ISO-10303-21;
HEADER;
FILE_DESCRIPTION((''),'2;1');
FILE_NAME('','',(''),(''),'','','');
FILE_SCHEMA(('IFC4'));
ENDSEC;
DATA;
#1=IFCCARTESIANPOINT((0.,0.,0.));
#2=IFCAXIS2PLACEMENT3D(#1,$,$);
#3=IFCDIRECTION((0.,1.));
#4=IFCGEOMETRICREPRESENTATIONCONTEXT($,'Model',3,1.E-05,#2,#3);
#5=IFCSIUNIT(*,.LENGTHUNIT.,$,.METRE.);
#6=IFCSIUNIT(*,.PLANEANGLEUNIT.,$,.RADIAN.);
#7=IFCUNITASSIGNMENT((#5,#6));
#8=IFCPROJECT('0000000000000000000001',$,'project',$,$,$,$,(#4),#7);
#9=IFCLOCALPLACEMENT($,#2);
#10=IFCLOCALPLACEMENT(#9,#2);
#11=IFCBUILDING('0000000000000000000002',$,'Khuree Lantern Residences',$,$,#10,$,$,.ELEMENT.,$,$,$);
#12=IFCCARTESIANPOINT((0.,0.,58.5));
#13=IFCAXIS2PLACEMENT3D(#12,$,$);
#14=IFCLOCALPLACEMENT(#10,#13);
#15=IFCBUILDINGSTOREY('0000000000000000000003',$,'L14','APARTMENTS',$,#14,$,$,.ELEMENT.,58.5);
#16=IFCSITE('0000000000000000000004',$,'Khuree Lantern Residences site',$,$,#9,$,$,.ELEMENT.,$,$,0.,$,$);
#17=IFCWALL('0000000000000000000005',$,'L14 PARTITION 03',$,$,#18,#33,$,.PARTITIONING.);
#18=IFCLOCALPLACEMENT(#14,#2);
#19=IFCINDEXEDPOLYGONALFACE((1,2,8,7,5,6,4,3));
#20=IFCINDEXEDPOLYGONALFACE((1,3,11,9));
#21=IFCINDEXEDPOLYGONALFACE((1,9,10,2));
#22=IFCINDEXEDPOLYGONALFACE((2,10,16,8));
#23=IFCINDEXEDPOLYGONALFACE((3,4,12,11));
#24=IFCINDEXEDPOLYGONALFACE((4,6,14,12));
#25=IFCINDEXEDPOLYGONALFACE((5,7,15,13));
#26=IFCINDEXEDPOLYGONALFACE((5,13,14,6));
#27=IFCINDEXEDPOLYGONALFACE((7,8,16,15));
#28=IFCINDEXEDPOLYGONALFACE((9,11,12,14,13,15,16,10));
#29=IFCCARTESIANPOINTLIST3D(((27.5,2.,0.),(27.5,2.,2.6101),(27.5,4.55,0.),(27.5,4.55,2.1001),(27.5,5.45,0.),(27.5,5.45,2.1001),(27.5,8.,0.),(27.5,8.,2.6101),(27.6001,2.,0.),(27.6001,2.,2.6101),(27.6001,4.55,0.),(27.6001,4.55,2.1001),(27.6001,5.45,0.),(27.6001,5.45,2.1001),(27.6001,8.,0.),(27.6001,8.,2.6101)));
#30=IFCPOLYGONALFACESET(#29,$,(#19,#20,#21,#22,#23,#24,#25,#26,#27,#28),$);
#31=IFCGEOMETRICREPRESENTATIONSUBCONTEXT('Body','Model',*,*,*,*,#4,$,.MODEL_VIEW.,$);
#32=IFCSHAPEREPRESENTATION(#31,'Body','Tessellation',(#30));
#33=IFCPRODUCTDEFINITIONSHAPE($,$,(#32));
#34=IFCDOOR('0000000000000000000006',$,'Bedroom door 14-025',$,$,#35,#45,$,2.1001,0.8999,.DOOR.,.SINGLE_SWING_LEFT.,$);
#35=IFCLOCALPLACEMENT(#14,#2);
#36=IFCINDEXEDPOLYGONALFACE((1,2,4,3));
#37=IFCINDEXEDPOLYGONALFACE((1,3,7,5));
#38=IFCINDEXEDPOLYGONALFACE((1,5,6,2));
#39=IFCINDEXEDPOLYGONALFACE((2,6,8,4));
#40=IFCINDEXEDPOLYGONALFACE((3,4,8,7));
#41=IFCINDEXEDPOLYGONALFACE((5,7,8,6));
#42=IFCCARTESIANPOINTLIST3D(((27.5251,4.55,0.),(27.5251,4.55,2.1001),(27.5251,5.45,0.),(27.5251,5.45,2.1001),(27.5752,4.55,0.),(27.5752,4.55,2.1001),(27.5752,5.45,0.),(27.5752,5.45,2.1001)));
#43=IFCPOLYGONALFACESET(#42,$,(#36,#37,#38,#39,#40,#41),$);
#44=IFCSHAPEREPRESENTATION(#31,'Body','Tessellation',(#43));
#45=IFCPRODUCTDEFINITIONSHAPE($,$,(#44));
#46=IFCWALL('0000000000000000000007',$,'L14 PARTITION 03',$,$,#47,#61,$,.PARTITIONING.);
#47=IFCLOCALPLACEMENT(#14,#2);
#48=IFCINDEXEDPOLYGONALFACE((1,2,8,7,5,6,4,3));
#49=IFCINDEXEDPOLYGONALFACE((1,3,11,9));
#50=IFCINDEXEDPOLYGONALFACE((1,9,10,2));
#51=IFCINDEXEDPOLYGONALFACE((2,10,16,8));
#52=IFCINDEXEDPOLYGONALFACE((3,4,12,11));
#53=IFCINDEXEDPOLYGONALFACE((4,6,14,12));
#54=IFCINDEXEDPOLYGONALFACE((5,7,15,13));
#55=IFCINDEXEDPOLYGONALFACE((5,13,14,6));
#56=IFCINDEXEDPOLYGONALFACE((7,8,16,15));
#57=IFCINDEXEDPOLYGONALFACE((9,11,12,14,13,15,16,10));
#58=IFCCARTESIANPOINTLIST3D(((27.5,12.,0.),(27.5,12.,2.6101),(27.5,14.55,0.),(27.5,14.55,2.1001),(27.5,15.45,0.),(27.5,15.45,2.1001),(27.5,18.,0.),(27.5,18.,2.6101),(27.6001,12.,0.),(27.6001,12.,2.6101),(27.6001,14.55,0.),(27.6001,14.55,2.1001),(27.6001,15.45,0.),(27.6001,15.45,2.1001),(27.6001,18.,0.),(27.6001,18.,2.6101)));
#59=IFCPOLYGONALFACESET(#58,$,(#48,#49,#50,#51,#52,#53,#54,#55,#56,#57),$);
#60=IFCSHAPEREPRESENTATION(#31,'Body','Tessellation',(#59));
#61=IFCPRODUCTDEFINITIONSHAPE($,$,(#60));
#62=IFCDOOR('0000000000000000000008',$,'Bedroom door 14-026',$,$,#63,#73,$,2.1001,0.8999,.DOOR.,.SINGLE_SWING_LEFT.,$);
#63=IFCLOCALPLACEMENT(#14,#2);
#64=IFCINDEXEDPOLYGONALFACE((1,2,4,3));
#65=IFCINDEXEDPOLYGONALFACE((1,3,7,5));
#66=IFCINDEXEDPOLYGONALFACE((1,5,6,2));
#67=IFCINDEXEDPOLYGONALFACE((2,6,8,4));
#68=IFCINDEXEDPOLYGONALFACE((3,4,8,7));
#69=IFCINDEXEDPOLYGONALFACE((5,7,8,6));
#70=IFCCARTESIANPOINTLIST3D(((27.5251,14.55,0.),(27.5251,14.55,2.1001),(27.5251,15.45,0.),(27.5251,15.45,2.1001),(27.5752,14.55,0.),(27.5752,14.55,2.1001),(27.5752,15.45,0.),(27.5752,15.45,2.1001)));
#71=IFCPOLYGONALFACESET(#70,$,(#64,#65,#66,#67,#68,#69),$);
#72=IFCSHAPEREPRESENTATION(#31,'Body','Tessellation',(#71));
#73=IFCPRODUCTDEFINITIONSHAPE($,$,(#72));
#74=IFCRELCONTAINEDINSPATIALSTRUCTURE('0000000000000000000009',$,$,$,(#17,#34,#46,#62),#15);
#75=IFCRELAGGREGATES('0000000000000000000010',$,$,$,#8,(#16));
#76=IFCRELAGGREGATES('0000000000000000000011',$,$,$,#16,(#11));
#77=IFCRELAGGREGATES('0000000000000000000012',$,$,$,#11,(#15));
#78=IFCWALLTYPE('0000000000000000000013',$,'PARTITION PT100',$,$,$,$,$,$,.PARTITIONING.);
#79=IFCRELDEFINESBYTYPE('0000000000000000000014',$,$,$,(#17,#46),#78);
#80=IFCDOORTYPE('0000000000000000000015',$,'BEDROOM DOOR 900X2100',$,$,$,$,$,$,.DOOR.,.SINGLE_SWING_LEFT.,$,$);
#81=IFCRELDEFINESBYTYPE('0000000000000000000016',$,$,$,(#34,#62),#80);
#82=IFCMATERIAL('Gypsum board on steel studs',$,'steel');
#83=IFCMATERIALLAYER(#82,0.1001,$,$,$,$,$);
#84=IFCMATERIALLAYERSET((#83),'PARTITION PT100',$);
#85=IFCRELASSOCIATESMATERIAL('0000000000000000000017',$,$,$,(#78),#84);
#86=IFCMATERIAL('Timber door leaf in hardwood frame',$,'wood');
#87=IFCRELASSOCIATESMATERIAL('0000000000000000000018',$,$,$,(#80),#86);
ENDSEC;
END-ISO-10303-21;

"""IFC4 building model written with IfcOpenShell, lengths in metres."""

from ifc_helpers import new_model, si_unit, direction, frame, frame_2d, origin, place, context, subcontext, project, spatial, rectangle, extrude, material, layer, layer_set, type_object, element, fill, save


model = new_model("IFC4")

# Units and contexts
model_context = context("Model", 3, precision=1e-05, world=origin(), true_north=direction((0.0, 1.0)))
body_context = subcontext(model_context, "Body", "Model", "MODEL_VIEW")
ifc_project = project(units=[si_unit("LENGTHUNIT", "METRE"), si_unit("PLANEANGLEUNIT", "RADIAN")], contexts=[model_context])

# Site, building, storey
site_placement = place(None, origin())
site = spatial("IfcSite", under=ifc_project, at=site_placement, Name="Khuree Lantern Residences site", CompositionType="ELEMENT", RefElevation=0.0)
building_placement = place(site_placement, origin())
building = spatial("IfcBuilding", under=site, at=building_placement, Name="Khuree Lantern Residences", CompositionType="ELEMENT")
storey_placement = place(building_placement, frame((0.0, 0.0, 58.5)))
storey = spatial("IfcBuildingStorey", under=building, at=storey_placement, Name="L14", Description="APARTMENTS", CompositionType="ELEMENT", Elevation=58.5)

# Shared definitions
ifc_material_1 = material(Name="Timber door leaf in hardwood frame", Category="wood")

# Shared definitions
ifc_material_2 = material(Name="Gypsum board on steel studs", Category="steel")
ifc_layer_1 = layer(ifc_material_2, 0.1001)
ifc_layer_set_1 = layer_set([ifc_layer_1], Name="PARTITION PT100")
wall_type_1 = type_object("IfcWallType", Name="PARTITION PT100", PredefinedType="PARTITIONING", material=ifc_layer_set_1)

# Walls, openings, doors
wall_1_placement = place(storey_placement, frame((27.55, 2.0, 0.0), z_axis=(0.0, 0.0, 1.0), x_axis=(0.0, 1.0, 0.0)))
wall_1 = element("IfcWall", 1, at=wall_1_placement, inside=storey, type_object=wall_type_1, Name="L14 PARTITION 03", PredefinedType="PARTITIONING", context=body_context, shape_type="SweptSolid", body=[
    extrude(rectangle(XDim=6.0, YDim=0.1001, at=frame_2d((3.0, 0.0))), origin(), (0.0, 0.0, 1.0), 2.6101),
])
opening_1_placement = place(wall_1_placement, frame((2.55, 0.0, 0.0)))
opening_1 = element("IfcOpeningElement", 2, at=opening_1_placement, cuts=wall_1, PredefinedType="OPENING", context=body_context, shape_type="SweptSolid", body=[
    extrude(rectangle(XDim=0.8999, YDim=2.1001, at=frame_2d((0.45, 1.05))), frame((0.0, 0.0601, 0.0), z_axis=(0.0, -1.0, 0.0), x_axis=(1.0, 0.0, 0.0)), (0.0, 0.0, 1.0), 0.1201),
])
door_type_1 = type_object("IfcDoorType", Name="BEDROOM DOOR 900X2100", OperationType="SINGLE_SWING_LEFT", PredefinedType="DOOR", material=ifc_material_1)
door_1_placement = place(opening_1_placement, origin())
door_1 = element("IfcDoor", 3, at=door_1_placement, inside=storey, type_object=door_type_1, Name="Bedroom door 14-025", OperationType="SINGLE_SWING_LEFT", OverallHeight=2.1001, OverallWidth=0.8999, PredefinedType="DOOR", context=body_context, shape_type="SweptSolid", body=[
    extrude(rectangle(XDim=0.8999, YDim=2.1001, at=frame_2d((0.45, 1.05))), frame((0.0, 0.0249, 0.0), z_axis=(0.0, -1.0, 0.0), x_axis=(1.0, 0.0, 0.0)), (0.0, 0.0, 1.0), 0.05),
])
fill(opening_1, door_1)
wall_2_placement = place(storey_placement, frame((27.55, 12.0, 0.0), z_axis=(0.0, 0.0, 1.0), x_axis=(0.0, 1.0, 0.0)))
wall_2 = element("IfcWall", 4, at=wall_2_placement, inside=storey, type_object=wall_type_1, Name="L14 PARTITION 03", PredefinedType="PARTITIONING", context=body_context, shape_type="SweptSolid", body=[
    extrude(rectangle(XDim=6.0, YDim=0.1001, at=frame_2d((3.0, 0.0))), origin(), (0.0, 0.0, 1.0), 2.6101),
])
opening_2_placement = place(wall_2_placement, frame((2.55, 0.0, 0.0)))
opening_2 = element("IfcOpeningElement", 5, at=opening_2_placement, cuts=wall_2, PredefinedType="OPENING", context=body_context, shape_type="SweptSolid", body=[
    extrude(rectangle(XDim=0.8999, YDim=2.1001, at=frame_2d((0.45, 1.05))), frame((0.0, 0.0601, 0.0), z_axis=(0.0, -1.0, 0.0), x_axis=(1.0, 0.0, 0.0)), (0.0, 0.0, 1.0), 0.1201),
])
door_2_placement = place(opening_2_placement, origin())
door_2 = element("IfcDoor", 6, at=door_2_placement, inside=storey, type_object=door_type_1, Name="Bedroom door 14-026", OperationType="SINGLE_SWING_LEFT", OverallHeight=2.1001, OverallWidth=0.8999, PredefinedType="DOOR", context=body_context, shape_type="SweptSolid", body=[
    extrude(rectangle(XDim=0.8999, YDim=2.1001, at=frame_2d((0.45, 1.05))), frame((0.0, 0.0249, 0.0), z_axis=(0.0, -1.0, 0.0), x_axis=(1.0, 0.0, 0.0)), (0.0, 0.0, 1.0), 0.05),
])
fill(opening_2, door_2)

save(model, "model.ifc")
